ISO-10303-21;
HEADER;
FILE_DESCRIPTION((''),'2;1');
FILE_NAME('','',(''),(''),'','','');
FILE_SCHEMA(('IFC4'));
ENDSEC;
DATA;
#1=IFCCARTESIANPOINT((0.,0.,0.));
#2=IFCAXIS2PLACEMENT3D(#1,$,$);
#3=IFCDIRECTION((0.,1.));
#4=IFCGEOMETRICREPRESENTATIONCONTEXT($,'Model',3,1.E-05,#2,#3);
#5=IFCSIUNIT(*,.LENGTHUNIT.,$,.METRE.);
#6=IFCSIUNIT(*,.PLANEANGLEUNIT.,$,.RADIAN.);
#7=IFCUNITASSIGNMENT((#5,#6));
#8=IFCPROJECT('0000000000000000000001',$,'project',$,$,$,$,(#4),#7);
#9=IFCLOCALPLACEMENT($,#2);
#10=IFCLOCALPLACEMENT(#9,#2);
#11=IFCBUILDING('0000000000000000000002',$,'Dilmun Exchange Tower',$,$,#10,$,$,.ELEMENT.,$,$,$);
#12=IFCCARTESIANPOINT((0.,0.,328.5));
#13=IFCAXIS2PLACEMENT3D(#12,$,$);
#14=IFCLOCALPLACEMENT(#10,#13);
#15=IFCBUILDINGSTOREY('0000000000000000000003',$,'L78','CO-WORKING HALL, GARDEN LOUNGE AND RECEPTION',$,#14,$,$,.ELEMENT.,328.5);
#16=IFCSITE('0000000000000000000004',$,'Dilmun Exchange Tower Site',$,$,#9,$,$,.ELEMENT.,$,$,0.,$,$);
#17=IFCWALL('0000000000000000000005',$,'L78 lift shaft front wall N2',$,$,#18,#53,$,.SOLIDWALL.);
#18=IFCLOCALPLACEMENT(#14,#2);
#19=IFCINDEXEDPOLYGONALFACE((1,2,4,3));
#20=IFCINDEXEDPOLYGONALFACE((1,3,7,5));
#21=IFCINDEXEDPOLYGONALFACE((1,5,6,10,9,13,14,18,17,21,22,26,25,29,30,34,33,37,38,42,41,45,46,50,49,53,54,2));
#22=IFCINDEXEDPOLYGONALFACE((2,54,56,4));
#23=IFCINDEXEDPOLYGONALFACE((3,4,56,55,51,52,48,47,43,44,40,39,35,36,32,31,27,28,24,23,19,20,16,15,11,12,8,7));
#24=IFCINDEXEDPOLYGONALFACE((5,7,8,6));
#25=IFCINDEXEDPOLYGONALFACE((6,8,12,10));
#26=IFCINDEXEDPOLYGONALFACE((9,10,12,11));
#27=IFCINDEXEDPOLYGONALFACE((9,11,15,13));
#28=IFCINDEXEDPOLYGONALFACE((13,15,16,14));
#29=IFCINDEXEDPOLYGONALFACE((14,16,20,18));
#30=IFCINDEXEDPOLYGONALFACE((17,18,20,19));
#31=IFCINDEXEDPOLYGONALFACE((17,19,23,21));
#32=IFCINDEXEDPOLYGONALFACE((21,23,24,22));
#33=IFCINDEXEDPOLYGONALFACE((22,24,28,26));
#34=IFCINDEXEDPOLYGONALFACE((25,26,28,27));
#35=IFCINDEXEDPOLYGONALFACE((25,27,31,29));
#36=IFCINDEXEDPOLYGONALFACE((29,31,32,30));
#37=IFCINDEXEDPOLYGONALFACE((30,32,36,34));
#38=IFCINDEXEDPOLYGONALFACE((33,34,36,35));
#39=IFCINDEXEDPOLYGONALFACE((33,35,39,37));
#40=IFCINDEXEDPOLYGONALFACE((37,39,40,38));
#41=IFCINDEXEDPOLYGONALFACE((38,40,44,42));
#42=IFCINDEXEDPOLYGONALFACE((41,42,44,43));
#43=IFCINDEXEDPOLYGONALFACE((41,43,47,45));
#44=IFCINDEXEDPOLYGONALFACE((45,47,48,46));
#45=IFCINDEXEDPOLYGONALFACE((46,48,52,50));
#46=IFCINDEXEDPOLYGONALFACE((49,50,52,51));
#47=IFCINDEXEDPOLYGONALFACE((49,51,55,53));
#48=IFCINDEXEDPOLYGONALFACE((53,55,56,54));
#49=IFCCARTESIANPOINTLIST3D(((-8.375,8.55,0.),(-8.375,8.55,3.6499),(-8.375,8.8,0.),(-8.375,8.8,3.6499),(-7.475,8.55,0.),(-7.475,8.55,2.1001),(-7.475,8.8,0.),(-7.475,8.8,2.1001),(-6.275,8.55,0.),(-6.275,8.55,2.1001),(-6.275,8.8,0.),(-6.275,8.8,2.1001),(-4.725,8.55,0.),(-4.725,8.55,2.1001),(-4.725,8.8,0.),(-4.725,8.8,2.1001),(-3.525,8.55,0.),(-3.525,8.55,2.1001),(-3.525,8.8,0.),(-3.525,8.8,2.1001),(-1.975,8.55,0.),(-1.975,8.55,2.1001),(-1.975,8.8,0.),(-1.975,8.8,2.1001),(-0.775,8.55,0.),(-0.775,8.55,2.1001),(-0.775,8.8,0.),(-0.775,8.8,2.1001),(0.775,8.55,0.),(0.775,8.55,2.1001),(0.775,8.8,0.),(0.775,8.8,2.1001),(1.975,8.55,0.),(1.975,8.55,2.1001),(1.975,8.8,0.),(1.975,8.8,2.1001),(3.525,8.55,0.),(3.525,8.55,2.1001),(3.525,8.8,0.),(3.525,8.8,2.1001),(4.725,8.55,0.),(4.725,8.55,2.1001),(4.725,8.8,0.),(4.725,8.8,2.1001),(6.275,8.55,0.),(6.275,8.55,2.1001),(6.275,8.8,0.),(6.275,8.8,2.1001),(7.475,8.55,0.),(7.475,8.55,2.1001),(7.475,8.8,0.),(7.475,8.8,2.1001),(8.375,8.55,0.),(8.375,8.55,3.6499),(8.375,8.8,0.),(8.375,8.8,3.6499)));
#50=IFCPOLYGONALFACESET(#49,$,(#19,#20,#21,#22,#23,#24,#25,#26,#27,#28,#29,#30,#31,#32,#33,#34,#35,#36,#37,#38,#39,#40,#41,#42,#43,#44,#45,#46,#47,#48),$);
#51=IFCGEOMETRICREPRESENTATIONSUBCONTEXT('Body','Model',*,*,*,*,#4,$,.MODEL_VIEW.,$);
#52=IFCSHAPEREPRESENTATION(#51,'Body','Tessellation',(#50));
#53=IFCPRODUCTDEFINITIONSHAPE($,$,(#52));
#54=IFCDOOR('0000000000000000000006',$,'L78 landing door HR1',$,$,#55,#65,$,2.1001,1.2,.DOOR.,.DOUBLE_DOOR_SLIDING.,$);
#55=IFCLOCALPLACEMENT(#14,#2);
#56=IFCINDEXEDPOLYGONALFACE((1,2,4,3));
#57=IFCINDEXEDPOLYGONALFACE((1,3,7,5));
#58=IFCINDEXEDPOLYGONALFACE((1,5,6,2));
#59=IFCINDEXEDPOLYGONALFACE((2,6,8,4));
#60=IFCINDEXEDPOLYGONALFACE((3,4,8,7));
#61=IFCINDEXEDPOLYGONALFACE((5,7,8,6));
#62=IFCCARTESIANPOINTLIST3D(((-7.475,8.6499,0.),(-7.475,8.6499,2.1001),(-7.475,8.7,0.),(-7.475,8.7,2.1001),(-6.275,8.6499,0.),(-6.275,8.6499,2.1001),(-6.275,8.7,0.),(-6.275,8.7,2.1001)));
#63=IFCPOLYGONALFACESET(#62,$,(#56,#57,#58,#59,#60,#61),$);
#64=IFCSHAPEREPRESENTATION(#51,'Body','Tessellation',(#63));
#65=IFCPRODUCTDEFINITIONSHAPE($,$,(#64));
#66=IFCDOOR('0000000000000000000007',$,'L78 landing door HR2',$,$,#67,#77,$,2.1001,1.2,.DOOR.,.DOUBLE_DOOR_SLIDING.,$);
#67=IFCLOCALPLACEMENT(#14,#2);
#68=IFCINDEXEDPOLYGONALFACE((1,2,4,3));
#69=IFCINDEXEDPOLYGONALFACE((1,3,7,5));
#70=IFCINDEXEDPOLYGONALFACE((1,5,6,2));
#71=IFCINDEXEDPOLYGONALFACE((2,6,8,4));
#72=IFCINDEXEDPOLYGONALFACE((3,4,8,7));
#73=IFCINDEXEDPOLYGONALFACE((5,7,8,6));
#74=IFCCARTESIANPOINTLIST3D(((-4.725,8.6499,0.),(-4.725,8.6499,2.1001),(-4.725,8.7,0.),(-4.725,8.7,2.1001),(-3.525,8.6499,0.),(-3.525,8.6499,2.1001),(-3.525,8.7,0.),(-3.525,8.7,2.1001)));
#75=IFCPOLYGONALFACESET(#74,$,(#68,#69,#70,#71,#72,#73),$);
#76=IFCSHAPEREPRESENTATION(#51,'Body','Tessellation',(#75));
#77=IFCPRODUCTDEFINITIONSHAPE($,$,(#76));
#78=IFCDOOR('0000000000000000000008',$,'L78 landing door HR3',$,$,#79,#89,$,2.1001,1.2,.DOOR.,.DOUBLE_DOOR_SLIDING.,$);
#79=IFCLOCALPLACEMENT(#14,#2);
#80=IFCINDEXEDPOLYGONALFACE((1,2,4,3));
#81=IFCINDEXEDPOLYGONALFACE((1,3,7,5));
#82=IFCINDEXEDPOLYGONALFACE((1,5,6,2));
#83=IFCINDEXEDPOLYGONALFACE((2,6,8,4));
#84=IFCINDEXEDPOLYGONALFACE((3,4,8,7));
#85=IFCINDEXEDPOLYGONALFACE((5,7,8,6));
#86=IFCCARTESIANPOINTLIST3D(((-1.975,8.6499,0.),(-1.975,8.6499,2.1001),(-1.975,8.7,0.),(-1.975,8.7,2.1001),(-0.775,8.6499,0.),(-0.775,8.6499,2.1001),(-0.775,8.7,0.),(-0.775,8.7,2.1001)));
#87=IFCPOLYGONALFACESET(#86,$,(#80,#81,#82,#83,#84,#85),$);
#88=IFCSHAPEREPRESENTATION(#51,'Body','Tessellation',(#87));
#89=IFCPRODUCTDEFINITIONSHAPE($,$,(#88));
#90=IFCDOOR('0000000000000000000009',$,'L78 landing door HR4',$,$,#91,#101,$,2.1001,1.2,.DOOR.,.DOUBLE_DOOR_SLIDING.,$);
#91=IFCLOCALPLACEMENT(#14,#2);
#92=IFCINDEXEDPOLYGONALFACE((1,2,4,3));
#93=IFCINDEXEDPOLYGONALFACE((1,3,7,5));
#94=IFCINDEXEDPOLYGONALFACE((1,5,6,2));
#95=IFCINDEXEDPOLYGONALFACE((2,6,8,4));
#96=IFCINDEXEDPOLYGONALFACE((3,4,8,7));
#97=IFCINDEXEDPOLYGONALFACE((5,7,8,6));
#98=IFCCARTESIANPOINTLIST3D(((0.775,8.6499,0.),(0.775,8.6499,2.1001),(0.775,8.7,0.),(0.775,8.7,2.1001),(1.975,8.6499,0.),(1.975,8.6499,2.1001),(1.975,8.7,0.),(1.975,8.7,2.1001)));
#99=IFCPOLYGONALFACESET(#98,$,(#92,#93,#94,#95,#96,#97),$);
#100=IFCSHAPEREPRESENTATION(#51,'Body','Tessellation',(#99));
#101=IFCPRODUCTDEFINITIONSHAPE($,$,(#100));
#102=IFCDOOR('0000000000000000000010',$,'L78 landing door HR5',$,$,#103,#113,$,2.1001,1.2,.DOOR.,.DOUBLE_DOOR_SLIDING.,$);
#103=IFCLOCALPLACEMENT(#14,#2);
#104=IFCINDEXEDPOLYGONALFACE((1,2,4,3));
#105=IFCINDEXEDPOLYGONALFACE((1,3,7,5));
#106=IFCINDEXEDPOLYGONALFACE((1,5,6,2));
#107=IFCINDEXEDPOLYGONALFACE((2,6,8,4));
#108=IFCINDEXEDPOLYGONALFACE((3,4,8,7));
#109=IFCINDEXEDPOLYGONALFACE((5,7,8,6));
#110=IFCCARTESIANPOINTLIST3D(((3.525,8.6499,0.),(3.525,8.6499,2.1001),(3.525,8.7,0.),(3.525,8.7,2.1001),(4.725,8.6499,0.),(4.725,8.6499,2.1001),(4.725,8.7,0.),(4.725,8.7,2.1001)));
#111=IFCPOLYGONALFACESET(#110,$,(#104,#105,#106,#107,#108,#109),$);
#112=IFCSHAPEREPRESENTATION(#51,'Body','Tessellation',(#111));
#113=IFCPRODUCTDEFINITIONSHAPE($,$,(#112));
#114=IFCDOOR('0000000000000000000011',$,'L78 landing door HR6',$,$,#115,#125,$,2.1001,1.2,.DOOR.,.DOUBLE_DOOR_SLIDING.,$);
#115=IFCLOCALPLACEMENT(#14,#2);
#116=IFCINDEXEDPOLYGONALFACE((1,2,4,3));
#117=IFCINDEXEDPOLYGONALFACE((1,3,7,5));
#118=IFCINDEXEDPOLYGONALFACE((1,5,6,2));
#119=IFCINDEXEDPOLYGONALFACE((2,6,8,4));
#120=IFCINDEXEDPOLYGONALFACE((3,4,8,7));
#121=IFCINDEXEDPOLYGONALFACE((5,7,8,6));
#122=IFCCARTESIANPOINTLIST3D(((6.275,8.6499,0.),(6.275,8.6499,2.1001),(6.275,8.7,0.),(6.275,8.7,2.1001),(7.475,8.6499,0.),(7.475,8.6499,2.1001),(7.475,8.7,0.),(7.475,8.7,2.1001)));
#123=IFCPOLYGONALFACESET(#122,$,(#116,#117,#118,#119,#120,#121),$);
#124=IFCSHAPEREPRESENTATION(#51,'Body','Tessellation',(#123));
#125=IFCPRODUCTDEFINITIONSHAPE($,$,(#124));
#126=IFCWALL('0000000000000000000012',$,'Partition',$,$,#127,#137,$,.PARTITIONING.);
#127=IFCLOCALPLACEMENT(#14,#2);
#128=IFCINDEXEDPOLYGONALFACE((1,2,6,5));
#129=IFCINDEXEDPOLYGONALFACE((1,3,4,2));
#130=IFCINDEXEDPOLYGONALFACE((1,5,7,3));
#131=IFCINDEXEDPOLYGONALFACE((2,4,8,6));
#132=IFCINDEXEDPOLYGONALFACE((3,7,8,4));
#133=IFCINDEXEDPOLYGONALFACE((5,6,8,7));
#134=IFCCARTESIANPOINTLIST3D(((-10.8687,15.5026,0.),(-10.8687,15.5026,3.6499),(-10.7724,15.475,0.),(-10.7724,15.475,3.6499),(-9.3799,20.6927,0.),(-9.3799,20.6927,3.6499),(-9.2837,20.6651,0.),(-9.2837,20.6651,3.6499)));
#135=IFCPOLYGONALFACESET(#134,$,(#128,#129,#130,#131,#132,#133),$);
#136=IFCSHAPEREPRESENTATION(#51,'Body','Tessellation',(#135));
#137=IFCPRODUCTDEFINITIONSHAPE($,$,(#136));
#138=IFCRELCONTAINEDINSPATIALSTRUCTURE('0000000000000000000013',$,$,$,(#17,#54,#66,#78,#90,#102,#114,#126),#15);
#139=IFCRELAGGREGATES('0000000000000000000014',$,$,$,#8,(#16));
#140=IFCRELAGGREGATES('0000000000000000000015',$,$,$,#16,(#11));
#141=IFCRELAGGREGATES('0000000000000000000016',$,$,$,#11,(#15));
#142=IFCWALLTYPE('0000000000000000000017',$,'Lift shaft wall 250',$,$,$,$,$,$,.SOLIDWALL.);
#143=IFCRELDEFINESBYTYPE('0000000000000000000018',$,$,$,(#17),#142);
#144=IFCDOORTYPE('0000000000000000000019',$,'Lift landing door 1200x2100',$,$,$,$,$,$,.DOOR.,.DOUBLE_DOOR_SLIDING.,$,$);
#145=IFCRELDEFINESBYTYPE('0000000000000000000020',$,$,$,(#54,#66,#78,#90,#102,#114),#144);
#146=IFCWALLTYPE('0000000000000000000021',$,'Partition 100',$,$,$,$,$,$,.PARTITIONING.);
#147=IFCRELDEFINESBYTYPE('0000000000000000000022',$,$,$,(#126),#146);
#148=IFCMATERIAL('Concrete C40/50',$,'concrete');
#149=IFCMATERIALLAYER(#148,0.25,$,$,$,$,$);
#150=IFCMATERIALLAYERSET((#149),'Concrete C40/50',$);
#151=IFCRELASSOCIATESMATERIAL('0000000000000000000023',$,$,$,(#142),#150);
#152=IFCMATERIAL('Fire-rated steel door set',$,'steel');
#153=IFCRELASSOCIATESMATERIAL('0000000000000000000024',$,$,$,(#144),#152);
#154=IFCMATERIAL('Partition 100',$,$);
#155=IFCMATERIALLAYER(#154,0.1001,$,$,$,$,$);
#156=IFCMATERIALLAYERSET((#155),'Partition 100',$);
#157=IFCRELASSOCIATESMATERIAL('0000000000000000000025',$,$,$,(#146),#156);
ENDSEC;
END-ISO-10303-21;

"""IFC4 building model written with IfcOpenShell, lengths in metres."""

from ifc_helpers import new_model, si_unit, direction, frame, frame_2d, origin, place, context, subcontext, project, spatial, rectangle, extrude, material, layer, layer_set, type_object, element, fill, save


model = new_model("IFC4")

# Units and contexts
model_context = context("Model", 3, precision=1e-05, world=origin(), true_north=direction((0.0, 1.0)))
body_context = subcontext(model_context, "Body", "Model", "MODEL_VIEW")
ifc_project = project(units=[si_unit("LENGTHUNIT", "METRE"), si_unit("PLANEANGLEUNIT", "RADIAN")], contexts=[model_context])

# Site, building, storey
site_placement = place(None, origin())
site = spatial("IfcSite", under=ifc_project, at=site_placement, Name="Dilmun Exchange Tower Site", CompositionType="ELEMENT", RefElevation=0.0)
building_placement = place(site_placement, origin())
building = spatial("IfcBuilding", under=site, at=building_placement, Name="Dilmun Exchange Tower", CompositionType="ELEMENT")
storey_placement = place(building_placement, frame((0.0, 0.0, 328.5)))
storey = spatial("IfcBuildingStorey", under=building, at=storey_placement, Name="L78", Description="CO-WORKING HALL, GARDEN LOUNGE AND RECEPTION", CompositionType="ELEMENT", Elevation=328.5)

# Shared definitions
ifc_material_1 = material(Name="Concrete C40/50", Category="concrete")

# Shared definitions
ifc_material_2 = material(Name="Fire-rated steel door set", Category="steel")

# Wall, openings, doors
ifc_layer_1 = layer(ifc_material_1, 0.25)
ifc_layer_set_1 = layer_set([ifc_layer_1], Name="Concrete C40/50")
wall_type_1 = type_object("IfcWallType", Name="Lift shaft wall 250", PredefinedType="SOLIDWALL", material=ifc_layer_set_1)
wall_1_placement = place(storey_placement, frame((-8.375, 8.675, 0.0), z_axis=(0.0, 0.0, 1.0), x_axis=(1.0, 0.0, 0.0)))
wall_1 = element("IfcWall", 1, at=wall_1_placement, inside=storey, type_object=wall_type_1, Name="L78 lift shaft front wall N2", PredefinedType="SOLIDWALL", context=body_context, shape_type="SweptSolid", body=[
    extrude(rectangle(XDim=16.75, YDim=0.25, at=frame_2d((8.375, 0.0))), origin(), (0.0, 0.0, 1.0), 3.6499),
])
opening_1_placement = place(wall_1_placement, frame((0.8999, 0.0, 0.0)))
opening_1 = element("IfcOpeningElement", 2, at=opening_1_placement, cuts=wall_1, PredefinedType="OPENING", context=body_context, shape_type="SweptSolid", body=[
    extrude(rectangle(XDim=1.2, YDim=2.1001, at=frame_2d((0.6001, 1.05))), frame((0.0, 0.135, 0.0), z_axis=(0.0, -1.0, 0.0), x_axis=(1.0, 0.0, 0.0)), (0.0, 0.0, 1.0), 0.27),
])
opening_2_placement = place(wall_1_placement, frame((3.6499, 0.0, 0.0)))
opening_2 = element("IfcOpeningElement", 3, at=opening_2_placement, cuts=wall_1, PredefinedType="OPENING", context=body_context, shape_type="SweptSolid", body=[
    extrude(rectangle(XDim=1.2, YDim=2.1001, at=frame_2d((0.6001, 1.05))), frame((0.0, 0.135, 0.0), z_axis=(0.0, -1.0, 0.0), x_axis=(1.0, 0.0, 0.0)), (0.0, 0.0, 1.0), 0.27),
])
opening_3_placement = place(wall_1_placement, frame((6.3999, 0.0, 0.0)))
opening_3 = element("IfcOpeningElement", 4, at=opening_3_placement, cuts=wall_1, PredefinedType="OPENING", context=body_context, shape_type="SweptSolid", body=[
    extrude(rectangle(XDim=1.2, YDim=2.1001, at=frame_2d((0.6001, 1.05))), frame((0.0, 0.135, 0.0), z_axis=(0.0, -1.0, 0.0), x_axis=(1.0, 0.0, 0.0)), (0.0, 0.0, 1.0), 0.27),
])
opening_4_placement = place(wall_1_placement, frame((9.1499, 0.0, 0.0)))
opening_4 = element("IfcOpeningElement", 5, at=opening_4_placement, cuts=wall_1, PredefinedType="OPENING", context=body_context, shape_type="SweptSolid", body=[
    extrude(rectangle(XDim=1.2, YDim=2.1001, at=frame_2d((0.6001, 1.05))), frame((0.0, 0.135, 0.0), z_axis=(0.0, -1.0, 0.0), x_axis=(1.0, 0.0, 0.0)), (0.0, 0.0, 1.0), 0.27),
])
opening_5_placement = place(wall_1_placement, frame((11.8999, 0.0, 0.0)))
opening_5 = element("IfcOpeningElement", 6, at=opening_5_placement, cuts=wall_1, PredefinedType="OPENING", context=body_context, shape_type="SweptSolid", body=[
    extrude(rectangle(XDim=1.2, YDim=2.1001, at=frame_2d((0.6001, 1.05))), frame((0.0, 0.135, 0.0), z_axis=(0.0, -1.0, 0.0), x_axis=(1.0, 0.0, 0.0)), (0.0, 0.0, 1.0), 0.27),
])
opening_6_placement = place(wall_1_placement, frame((14.6499, 0.0, 0.0)))
opening_6 = element("IfcOpeningElement", 7, at=opening_6_placement, cuts=wall_1, PredefinedType="OPENING", context=body_context, shape_type="SweptSolid", body=[
    extrude(rectangle(XDim=1.2, YDim=2.1001, at=frame_2d((0.6001, 1.05))), frame((0.0, 0.135, 0.0), z_axis=(0.0, -1.0, 0.0), x_axis=(1.0, 0.0, 0.0)), (0.0, 0.0, 1.0), 0.27),
])
door_type_1 = type_object("IfcDoorType", Name="Lift landing door 1200x2100", OperationType="DOUBLE_DOOR_SLIDING", PredefinedType="DOOR", material=ifc_material_2)
door_1_placement = place(opening_1_placement, origin())
door_1 = element("IfcDoor", 8, at=door_1_placement, inside=storey, type_object=door_type_1, Name="L78 landing door HR1", OperationType="DOUBLE_DOOR_SLIDING", OverallHeight=2.1001, OverallWidth=1.2, PredefinedType="DOOR", context=body_context, shape_type="SweptSolid", body=[
    extrude(rectangle(XDim=1.2, YDim=2.1001, at=frame_2d((0.6001, 1.05))), frame((0.0, 0.0249, 0.0), z_axis=(0.0, -1.0, 0.0), x_axis=(1.0, 0.0, 0.0)), (0.0, 0.0, 1.0), 0.05),
])
fill(opening_1, door_1)
door_2_placement = place(opening_2_placement, origin())
door_2 = element("IfcDoor", 9, at=door_2_placement, inside=storey, type_object=door_type_1, Name="L78 landing door HR2", OperationType="DOUBLE_DOOR_SLIDING", OverallHeight=2.1001, OverallWidth=1.2, PredefinedType="DOOR", context=body_context, shape_type="SweptSolid", body=[
    extrude(rectangle(XDim=1.2, YDim=2.1001, at=frame_2d((0.6001, 1.05))), frame((0.0, 0.0249, 0.0), z_axis=(0.0, -1.0, 0.0), x_axis=(1.0, 0.0, 0.0)), (0.0, 0.0, 1.0), 0.05),
])
fill(opening_2, door_2)
door_3_placement = place(opening_3_placement, origin())
door_3 = element("IfcDoor", 10, at=door_3_placement, inside=storey, type_object=door_type_1, Name="L78 landing door HR3", OperationType="DOUBLE_DOOR_SLIDING", OverallHeight=2.1001, OverallWidth=1.2, PredefinedType="DOOR", context=body_context, shape_type="SweptSolid", body=[
    extrude(rectangle(XDim=1.2, YDim=2.1001, at=frame_2d((0.6001, 1.05))), frame((0.0, 0.0249, 0.0), z_axis=(0.0, -1.0, 0.0), x_axis=(1.0, 0.0, 0.0)), (0.0, 0.0, 1.0), 0.05),
])
fill(opening_3, door_3)
door_4_placement = place(opening_4_placement, origin())
door_4 = element("IfcDoor", 11, at=door_4_placement, inside=storey, type_object=door_type_1, Name="L78 landing door HR4", OperationType="DOUBLE_DOOR_SLIDING", OverallHeight=2.1001, OverallWidth=1.2, PredefinedType="DOOR", context=body_context, shape_type="SweptSolid", body=[
    extrude(rectangle(XDim=1.2, YDim=2.1001, at=frame_2d((0.6001, 1.05))), frame((0.0, 0.0249, 0.0), z_axis=(0.0, -1.0, 0.0), x_axis=(1.0, 0.0, 0.0)), (0.0, 0.0, 1.0), 0.05),
])
fill(opening_4, door_4)
door_5_placement = place(opening_5_placement, origin())
door_5 = element("IfcDoor", 12, at=door_5_placement, inside=storey, type_object=door_type_1, Name="L78 landing door HR5", OperationType="DOUBLE_DOOR_SLIDING", OverallHeight=2.1001, OverallWidth=1.2, PredefinedType="DOOR", context=body_context, shape_type="SweptSolid", body=[
    extrude(rectangle(XDim=1.2, YDim=2.1001, at=frame_2d((0.6001, 1.05))), frame((0.0, 0.0249, 0.0), z_axis=(0.0, -1.0, 0.0), x_axis=(1.0, 0.0, 0.0)), (0.0, 0.0, 1.0), 0.05),
])
fill(opening_5, door_5)
door_6_placement = place(opening_6_placement, origin())
door_6 = element("IfcDoor", 13, at=door_6_placement, inside=storey, type_object=door_type_1, Name="L78 landing door HR6", OperationType="DOUBLE_DOOR_SLIDING", OverallHeight=2.1001, OverallWidth=1.2, PredefinedType="DOOR", context=body_context, shape_type="SweptSolid", body=[
    extrude(rectangle(XDim=1.2, YDim=2.1001, at=frame_2d((0.6001, 1.05))), frame((0.0, 0.0249, 0.0), z_axis=(0.0, -1.0, 0.0), x_axis=(1.0, 0.0, 0.0)), (0.0, 0.0, 1.0), 0.05),
])
fill(opening_6, door_6)

# Wall
ifc_material_3 = material(Name="Partition 100")
ifc_layer_2 = layer(ifc_material_3, 0.1001)
ifc_layer_set_2 = layer_set([ifc_layer_2], Name="Partition 100")
wall_type_2 = type_object("IfcWallType", Name="Partition 100", PredefinedType="PARTITIONING", material=ifc_layer_set_2)
wall_2_placement = place(storey_placement, frame((-10.8206, 15.4888, 0.0), z_axis=(0.0, 0.0, 1.0), x_axis=(0.275724, 0.961237, 0.0)))
element("IfcWall", 14, at=wall_2_placement, inside=storey, type_object=wall_type_2, Name="Partition", PredefinedType="PARTITIONING", context=body_context, shape_type="SweptSolid", body=[
    extrude(rectangle(XDim=5.3994, YDim=0.1001, at=frame_2d((2.6997, 0.0))), origin(), (0.0, 0.0, 1.0), 3.6499),
])

save(model, "model.ifc")
